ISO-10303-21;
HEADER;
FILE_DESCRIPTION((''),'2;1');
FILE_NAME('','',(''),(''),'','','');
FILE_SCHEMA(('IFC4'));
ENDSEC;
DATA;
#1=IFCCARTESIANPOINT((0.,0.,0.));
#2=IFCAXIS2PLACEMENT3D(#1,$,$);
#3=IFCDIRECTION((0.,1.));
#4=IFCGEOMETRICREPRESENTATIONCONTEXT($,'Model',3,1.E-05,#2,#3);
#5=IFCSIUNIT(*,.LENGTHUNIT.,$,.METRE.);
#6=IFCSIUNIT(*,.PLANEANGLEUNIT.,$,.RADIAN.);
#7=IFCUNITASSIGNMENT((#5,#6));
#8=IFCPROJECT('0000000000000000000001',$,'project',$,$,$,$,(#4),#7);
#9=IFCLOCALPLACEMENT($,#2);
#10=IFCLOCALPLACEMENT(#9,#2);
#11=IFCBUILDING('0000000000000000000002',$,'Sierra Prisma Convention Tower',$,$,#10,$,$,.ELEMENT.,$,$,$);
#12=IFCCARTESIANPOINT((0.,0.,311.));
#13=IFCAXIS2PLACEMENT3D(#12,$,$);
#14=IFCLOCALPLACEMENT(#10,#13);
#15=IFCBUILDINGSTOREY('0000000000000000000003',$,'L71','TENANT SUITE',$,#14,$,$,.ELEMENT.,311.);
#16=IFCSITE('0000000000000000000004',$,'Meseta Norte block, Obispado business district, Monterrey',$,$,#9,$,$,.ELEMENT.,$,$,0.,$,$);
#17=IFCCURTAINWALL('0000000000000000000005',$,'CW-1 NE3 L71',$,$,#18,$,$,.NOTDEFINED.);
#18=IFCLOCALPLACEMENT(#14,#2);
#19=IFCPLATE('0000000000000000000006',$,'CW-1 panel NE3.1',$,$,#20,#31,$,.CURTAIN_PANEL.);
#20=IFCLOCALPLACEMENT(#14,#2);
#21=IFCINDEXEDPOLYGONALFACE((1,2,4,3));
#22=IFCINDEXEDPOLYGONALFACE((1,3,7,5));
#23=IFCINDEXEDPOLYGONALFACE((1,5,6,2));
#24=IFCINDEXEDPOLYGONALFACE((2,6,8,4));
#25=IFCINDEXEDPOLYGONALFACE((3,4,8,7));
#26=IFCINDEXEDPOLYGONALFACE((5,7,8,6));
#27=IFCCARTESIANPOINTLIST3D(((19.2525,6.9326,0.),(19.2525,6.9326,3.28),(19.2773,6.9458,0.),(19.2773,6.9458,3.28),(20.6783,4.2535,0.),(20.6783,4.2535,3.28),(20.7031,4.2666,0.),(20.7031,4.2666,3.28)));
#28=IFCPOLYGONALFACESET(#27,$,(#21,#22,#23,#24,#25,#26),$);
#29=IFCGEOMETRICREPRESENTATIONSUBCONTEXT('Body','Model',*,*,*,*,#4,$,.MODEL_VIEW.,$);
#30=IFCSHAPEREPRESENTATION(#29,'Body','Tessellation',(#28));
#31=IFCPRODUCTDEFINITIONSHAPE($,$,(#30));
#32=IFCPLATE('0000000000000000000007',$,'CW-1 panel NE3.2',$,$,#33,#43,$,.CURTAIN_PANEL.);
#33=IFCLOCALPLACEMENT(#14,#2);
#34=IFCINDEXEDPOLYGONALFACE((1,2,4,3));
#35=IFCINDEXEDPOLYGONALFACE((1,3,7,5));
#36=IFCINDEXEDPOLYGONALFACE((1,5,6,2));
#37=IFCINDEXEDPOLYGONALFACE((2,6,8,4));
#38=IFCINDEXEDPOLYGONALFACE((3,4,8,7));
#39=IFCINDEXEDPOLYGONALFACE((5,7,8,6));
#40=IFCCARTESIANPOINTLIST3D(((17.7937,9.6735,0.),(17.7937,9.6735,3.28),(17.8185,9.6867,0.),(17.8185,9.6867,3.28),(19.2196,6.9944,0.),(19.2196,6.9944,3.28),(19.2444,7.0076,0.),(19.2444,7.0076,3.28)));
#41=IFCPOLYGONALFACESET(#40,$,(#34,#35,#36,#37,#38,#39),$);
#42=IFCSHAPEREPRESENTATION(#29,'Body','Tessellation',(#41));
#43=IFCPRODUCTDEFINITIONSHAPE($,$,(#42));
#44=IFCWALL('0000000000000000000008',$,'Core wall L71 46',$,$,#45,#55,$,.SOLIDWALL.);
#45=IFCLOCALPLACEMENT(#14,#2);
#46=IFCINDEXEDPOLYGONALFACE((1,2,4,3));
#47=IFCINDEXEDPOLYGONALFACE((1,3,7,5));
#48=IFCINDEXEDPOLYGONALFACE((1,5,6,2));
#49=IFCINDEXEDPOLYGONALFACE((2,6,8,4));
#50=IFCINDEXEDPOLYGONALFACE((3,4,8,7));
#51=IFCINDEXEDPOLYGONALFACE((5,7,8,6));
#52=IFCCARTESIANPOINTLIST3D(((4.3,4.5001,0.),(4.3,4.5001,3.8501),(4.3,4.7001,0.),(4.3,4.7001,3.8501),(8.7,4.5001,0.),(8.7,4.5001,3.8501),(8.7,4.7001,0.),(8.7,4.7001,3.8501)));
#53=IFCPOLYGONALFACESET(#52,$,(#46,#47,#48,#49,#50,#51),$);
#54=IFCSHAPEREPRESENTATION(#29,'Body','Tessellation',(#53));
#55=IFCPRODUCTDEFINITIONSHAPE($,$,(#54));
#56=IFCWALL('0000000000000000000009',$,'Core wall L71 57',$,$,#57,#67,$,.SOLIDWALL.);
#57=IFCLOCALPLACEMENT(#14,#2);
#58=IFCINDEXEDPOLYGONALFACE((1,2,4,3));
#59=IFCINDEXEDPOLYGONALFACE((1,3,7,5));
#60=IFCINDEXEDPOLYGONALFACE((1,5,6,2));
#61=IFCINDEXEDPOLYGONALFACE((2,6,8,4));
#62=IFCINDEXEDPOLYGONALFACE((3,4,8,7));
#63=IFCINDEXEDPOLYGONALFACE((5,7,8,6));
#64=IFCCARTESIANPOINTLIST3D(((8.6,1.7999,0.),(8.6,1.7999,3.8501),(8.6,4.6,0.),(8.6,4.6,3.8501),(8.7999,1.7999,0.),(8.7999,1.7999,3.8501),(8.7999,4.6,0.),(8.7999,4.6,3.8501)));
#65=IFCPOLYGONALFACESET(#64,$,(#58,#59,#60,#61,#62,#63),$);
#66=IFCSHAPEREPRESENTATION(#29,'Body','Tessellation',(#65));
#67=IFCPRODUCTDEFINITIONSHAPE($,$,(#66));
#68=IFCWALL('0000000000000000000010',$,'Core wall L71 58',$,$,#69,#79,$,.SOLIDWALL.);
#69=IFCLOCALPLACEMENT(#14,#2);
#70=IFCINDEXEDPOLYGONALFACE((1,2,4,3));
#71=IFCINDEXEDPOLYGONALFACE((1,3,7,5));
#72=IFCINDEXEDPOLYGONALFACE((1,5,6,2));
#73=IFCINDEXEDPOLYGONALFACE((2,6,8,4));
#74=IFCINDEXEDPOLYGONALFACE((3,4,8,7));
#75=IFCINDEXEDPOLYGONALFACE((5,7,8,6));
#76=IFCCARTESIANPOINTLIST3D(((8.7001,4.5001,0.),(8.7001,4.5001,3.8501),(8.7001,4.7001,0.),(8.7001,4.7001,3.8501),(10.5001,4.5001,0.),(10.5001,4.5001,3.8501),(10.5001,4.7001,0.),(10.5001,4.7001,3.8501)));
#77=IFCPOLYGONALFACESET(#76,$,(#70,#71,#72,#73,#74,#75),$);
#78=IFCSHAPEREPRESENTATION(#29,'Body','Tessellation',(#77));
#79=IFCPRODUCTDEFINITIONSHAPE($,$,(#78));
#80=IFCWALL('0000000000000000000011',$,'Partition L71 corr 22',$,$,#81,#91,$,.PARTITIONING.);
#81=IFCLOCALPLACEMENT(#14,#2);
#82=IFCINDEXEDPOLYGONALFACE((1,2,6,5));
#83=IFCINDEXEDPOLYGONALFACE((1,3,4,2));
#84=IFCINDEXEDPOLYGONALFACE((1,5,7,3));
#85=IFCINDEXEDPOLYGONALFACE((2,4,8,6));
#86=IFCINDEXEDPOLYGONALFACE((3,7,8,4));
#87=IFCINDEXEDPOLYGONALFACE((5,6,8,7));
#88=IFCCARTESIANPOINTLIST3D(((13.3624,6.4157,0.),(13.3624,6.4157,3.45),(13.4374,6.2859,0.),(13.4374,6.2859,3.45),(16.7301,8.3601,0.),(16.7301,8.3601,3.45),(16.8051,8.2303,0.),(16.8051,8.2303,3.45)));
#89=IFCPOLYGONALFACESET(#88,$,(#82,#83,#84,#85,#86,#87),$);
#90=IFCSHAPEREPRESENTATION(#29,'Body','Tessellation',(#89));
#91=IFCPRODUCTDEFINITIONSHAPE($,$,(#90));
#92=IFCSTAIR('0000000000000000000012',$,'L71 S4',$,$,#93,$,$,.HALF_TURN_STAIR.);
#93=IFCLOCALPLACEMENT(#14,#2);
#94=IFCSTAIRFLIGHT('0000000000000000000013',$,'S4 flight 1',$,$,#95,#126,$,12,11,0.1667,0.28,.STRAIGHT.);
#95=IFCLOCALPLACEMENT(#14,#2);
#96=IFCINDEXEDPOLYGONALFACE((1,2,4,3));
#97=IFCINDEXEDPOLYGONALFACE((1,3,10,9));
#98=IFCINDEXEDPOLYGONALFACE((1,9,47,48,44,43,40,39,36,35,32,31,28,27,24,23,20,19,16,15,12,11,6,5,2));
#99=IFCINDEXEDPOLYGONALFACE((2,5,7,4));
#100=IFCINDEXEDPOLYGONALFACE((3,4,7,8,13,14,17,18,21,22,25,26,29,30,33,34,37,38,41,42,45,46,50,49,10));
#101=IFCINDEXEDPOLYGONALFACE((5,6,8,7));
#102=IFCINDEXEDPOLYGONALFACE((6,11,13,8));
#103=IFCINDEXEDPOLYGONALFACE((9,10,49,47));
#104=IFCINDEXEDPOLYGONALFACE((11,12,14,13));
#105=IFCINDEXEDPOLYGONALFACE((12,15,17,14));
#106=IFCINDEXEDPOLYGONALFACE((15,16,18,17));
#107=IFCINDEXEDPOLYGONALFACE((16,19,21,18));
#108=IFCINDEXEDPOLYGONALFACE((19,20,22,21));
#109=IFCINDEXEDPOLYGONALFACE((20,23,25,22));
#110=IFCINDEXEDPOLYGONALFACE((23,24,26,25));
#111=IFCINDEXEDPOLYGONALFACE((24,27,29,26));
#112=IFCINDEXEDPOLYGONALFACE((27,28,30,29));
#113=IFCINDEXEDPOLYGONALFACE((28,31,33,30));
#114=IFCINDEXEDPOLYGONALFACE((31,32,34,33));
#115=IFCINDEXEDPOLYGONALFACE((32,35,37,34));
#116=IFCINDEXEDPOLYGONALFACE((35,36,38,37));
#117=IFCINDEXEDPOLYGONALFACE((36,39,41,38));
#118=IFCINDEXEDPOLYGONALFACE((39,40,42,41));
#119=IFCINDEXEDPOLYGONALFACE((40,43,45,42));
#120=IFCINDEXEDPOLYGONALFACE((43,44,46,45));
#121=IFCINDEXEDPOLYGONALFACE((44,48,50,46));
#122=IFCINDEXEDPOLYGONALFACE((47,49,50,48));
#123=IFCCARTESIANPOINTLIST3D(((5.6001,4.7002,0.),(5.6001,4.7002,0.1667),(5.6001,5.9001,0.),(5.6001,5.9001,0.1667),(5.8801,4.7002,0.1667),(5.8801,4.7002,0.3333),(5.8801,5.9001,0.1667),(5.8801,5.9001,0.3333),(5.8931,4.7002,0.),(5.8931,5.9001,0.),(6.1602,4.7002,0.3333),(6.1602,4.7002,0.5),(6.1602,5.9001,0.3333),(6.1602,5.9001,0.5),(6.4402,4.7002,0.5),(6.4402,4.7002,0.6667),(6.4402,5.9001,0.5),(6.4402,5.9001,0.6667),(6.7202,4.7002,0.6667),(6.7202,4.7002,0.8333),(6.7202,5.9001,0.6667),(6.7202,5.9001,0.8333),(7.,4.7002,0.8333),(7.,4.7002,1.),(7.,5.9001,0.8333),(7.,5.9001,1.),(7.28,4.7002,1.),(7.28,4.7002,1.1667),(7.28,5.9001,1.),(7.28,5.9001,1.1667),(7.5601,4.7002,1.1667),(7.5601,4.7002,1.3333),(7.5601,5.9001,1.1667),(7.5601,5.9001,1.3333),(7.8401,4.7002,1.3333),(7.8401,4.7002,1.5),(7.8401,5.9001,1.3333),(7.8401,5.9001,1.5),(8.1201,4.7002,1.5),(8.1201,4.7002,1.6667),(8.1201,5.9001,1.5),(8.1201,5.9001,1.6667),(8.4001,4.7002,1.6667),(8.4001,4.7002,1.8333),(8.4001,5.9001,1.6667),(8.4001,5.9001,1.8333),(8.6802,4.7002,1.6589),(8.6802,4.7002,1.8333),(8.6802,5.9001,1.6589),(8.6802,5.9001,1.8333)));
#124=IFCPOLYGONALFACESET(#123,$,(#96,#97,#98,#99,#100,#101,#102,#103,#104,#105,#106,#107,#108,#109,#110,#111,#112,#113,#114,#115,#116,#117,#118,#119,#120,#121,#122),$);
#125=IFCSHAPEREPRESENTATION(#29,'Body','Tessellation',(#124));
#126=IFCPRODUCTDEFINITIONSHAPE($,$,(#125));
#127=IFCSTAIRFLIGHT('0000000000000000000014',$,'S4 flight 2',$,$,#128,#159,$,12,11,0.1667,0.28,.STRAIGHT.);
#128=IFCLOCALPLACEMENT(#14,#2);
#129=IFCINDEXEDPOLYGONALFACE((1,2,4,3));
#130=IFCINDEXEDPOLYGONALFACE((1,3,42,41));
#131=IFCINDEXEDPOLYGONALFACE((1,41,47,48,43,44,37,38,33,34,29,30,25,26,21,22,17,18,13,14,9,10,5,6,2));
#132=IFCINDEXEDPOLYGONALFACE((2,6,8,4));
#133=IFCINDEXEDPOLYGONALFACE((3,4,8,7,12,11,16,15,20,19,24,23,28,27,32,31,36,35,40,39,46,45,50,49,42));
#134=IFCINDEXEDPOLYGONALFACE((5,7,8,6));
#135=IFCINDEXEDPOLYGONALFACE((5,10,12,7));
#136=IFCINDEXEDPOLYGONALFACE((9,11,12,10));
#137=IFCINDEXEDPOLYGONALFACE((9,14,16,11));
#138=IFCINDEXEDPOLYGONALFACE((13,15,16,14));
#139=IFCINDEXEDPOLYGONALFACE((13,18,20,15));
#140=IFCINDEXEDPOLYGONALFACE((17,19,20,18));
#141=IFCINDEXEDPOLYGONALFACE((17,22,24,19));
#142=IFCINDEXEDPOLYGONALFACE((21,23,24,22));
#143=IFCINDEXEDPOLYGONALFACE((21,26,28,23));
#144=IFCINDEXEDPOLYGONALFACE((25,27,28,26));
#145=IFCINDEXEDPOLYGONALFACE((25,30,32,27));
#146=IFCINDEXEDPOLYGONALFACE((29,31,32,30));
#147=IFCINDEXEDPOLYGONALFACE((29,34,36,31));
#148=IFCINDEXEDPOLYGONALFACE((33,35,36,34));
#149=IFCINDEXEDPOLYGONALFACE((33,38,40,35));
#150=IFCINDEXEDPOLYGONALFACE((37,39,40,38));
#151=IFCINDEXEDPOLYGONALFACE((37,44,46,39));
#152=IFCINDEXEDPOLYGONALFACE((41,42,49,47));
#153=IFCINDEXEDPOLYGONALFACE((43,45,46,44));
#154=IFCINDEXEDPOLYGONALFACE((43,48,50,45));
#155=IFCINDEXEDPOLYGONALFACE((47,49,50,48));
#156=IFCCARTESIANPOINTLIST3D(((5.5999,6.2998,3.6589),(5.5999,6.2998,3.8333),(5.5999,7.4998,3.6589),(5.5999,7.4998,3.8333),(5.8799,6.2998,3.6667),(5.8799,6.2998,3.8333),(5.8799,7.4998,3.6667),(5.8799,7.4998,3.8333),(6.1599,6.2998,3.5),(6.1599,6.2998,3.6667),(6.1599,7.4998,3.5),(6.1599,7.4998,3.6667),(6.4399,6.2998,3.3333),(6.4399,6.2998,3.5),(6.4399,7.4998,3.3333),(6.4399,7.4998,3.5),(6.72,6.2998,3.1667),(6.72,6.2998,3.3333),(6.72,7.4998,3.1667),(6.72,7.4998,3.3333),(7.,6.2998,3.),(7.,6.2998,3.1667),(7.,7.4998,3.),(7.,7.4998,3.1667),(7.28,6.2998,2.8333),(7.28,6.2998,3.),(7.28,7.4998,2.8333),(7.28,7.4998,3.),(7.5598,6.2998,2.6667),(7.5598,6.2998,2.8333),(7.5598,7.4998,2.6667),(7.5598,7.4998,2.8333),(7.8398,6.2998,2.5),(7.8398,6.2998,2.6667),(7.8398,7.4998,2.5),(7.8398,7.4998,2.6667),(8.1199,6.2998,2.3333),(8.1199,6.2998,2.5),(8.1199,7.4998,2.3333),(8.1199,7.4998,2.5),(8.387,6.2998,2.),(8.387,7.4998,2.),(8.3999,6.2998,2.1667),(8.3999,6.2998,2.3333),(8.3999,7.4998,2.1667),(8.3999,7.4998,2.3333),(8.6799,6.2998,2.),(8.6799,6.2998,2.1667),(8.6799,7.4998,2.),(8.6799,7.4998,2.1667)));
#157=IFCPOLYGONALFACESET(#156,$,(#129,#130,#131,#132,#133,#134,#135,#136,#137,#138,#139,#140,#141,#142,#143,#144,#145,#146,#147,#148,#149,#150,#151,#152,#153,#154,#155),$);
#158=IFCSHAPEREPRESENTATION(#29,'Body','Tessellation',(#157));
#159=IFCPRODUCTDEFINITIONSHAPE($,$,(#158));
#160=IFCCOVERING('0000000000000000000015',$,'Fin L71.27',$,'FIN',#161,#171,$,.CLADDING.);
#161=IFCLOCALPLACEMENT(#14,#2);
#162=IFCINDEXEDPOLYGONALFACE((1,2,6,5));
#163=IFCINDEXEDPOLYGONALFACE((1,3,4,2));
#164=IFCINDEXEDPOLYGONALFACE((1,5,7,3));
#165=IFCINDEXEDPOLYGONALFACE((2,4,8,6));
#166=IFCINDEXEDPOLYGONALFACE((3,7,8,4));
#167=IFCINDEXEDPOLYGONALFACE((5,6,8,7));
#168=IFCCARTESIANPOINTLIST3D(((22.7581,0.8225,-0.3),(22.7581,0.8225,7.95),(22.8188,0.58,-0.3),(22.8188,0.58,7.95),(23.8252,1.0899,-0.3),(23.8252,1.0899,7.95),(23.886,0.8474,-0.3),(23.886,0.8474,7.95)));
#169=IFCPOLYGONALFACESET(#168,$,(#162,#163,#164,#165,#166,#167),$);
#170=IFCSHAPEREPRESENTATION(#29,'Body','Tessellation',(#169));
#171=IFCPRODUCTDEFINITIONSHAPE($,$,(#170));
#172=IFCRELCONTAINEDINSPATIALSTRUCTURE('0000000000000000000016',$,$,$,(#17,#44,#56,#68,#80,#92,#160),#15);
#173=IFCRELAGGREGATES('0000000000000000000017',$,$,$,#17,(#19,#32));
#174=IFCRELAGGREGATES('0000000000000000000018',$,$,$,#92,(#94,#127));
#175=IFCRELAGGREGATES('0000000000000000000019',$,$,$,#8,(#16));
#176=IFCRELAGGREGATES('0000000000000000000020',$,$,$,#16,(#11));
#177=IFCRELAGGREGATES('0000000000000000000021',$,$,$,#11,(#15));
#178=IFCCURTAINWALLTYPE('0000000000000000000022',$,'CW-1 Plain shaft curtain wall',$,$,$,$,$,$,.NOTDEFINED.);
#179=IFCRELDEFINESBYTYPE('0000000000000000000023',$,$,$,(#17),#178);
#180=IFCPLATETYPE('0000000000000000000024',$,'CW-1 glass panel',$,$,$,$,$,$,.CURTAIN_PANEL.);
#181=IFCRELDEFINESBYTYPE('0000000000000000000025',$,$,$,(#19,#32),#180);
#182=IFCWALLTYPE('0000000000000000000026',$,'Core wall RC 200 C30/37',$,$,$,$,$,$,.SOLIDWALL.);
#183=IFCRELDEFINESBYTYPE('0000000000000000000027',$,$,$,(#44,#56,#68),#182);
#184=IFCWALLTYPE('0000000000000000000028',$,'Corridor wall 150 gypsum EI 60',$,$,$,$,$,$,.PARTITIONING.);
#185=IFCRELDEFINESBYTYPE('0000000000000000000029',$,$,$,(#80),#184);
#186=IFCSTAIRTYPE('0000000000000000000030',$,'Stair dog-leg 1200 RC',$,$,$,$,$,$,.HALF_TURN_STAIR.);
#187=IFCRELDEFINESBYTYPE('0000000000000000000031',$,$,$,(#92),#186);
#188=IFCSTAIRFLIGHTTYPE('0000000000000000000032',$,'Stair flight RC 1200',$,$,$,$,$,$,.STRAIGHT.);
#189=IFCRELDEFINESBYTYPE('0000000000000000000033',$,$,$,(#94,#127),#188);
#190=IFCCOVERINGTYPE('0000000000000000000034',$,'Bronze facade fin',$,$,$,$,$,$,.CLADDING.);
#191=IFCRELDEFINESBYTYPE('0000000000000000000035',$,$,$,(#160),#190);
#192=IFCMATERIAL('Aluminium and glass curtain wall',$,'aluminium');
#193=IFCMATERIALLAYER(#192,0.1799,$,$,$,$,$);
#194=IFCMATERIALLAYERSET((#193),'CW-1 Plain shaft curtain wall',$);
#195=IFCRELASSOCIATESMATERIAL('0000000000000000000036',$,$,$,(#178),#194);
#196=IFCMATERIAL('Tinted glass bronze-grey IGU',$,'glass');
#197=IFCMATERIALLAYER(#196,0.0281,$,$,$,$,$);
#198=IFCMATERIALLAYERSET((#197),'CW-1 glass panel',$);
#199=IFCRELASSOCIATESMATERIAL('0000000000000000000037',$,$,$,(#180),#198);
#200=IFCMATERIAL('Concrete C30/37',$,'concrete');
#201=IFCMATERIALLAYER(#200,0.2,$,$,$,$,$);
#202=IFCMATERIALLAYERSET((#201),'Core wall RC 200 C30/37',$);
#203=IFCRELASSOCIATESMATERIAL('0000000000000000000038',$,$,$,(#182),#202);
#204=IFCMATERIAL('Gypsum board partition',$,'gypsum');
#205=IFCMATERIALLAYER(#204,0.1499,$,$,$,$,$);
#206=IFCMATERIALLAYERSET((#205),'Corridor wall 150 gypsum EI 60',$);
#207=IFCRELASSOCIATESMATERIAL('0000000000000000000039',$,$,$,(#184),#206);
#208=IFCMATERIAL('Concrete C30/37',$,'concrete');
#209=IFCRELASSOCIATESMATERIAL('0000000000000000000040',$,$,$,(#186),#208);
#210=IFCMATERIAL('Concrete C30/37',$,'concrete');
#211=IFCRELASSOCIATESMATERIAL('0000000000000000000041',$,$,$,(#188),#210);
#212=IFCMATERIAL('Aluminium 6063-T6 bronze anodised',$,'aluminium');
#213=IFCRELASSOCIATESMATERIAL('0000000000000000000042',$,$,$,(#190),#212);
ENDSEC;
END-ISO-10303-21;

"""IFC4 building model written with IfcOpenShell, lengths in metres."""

from ifc_helpers import new_model, si_unit, direction, frame, frame_2d, origin, origin_2d, place, context, subcontext, project, spatial, polyline, rectangle, outline, extrude, material, layer, layer_set, material_profile, profile_set, type_object, element, aggregate, save


model = new_model("IFC4")

# Units and contexts
model_context = context("Model", 3, precision=1e-05, world=origin(), true_north=direction((0.0, 1.0)))
body_context = subcontext(model_context, "Body", "Model", "MODEL_VIEW")
ifc_project = project(units=[si_unit("LENGTHUNIT", "METRE"), si_unit("PLANEANGLEUNIT", "RADIAN")], contexts=[model_context])

# Site, building, storey
site_placement = place(None, origin())
site = spatial("IfcSite", under=ifc_project, at=site_placement, Name="Meseta Norte block, Obispado business district, Monterrey", CompositionType="ELEMENT", RefElevation=0.0)
building_placement = place(site_placement, origin())
building = spatial("IfcBuilding", under=site, at=building_placement, Name="Sierra Prisma Convention Tower", CompositionType="ELEMENT")
storey_placement = place(building_placement, frame((0.0, 0.0, 311.0)))
storey = spatial("IfcBuildingStorey", under=building, at=storey_placement, Name="L71", Description="TENANT SUITE", CompositionType="ELEMENT", Elevation=311.0)

# Shared definitions
ifc_material_1 = material(Name="Aluminium and glass curtain wall", Category="aluminium")
ifc_layer_1 = layer(ifc_material_1, 0.1799)
ifc_layer_set_1 = layer_set([ifc_layer_1], Name="CW-1 Plain shaft curtain wall")
curtain_wall_type = type_object("IfcCurtainWallType", Name="CW-1 Plain shaft curtain wall", PredefinedType="NOTDEFINED", material=ifc_layer_set_1)

# Curtain wall
curtain_wall_1_placement = place(storey_placement, origin())
curtain_wall_1 = element("IfcCurtainWall", 1, at=curtain_wall_1_placement, inside=storey, type_object=curtain_wall_type, Name="CW-1 NE3 L71", PredefinedType="NOTDEFINED")

# Plates
ifc_material_2 = material(Name="Tinted glass bronze-grey IGU", Category="glass")
ifc_layer_2 = layer(ifc_material_2, 0.0281)
ifc_layer_set_2 = layer_set([ifc_layer_2], Name="CW-1 glass panel")
plate_type = type_object("IfcPlateType", Name="CW-1 glass panel", PredefinedType="CURTAIN_PANEL", material=ifc_layer_set_2)
plate_1_placement = place(storey_placement, frame((19.9778, 5.5996, 0.0), z_axis=(0.0, 0.0, 1.0), x_axis=(-0.469815, 0.882765, 0.0)))
plate_1 = element("IfcPlate", 2, at=plate_1_placement, type_object=plate_type, Name="CW-1 panel NE3.1", PredefinedType="CURTAIN_PANEL", context=body_context, shape_type="SweptSolid", body=[
    extrude(rectangle(XDim=3.0349, YDim=0.0281, at=origin_2d()), origin(), (0.0, 0.0, 1.0), 3.28),
])
plate_2_placement = place(storey_placement, frame((18.519, 8.3406, 0.0), z_axis=(0.0, 0.0, 1.0), x_axis=(-0.469815, 0.882765, 0.0)))
plate_2 = element("IfcPlate", 3, at=plate_2_placement, type_object=plate_type, Name="CW-1 panel NE3.2", PredefinedType="CURTAIN_PANEL", context=body_context, shape_type="SweptSolid", body=[
    extrude(rectangle(XDim=3.0349, YDim=0.0281, at=origin_2d()), origin(), (0.0, 0.0, 1.0), 3.28),
])
aggregate(curtain_wall_1, [plate_1, plate_2])

# Wall
ifc_material_3 = material(Name="Concrete C30/37", Category="concrete")
ifc_layer_3 = layer(ifc_material_3, 0.2)
ifc_layer_set_3 = layer_set([ifc_layer_3], Name="Core wall RC 200 C30/37")
wall_type_1 = type_object("IfcWallType", Name="Core wall RC 200 C30/37", PredefinedType="SOLIDWALL", material=ifc_layer_set_3)
wall_1_placement = place(storey_placement, frame((8.7, 4.6001, 0.0), z_axis=(0.0, 0.0, 1.0), x_axis=(-1.0, 0.0, 0.0)))
element("IfcWall", 4, at=wall_1_placement, inside=storey, type_object=wall_type_1, Name="Core wall L71 46", PredefinedType="SOLIDWALL", context=body_context, shape_type="SweptSolid", body=[
    extrude(rectangle(XDim=4.3999, YDim=0.2, at=frame_2d((2.2, 0.0))), origin(), (0.0, 0.0, 1.0), 3.8501),
])

# Walls
wall_2_placement = place(storey_placement, frame((8.7, 1.8, 0.0), z_axis=(0.0, 0.0, 1.0), x_axis=(0.0, 1.0, 0.0)))
element("IfcWall", 5, at=wall_2_placement, inside=storey, type_object=wall_type_1, Name="Core wall L71 57", PredefinedType="SOLIDWALL", context=body_context, shape_type="SweptSolid", body=[
    extrude(rectangle(XDim=2.8, YDim=0.2, at=frame_2d((1.3999, 0.0))), origin(), (0.0, 0.0, 1.0), 3.8501),
])
wall_3_placement = place(storey_placement, frame((10.5, 4.6001, 0.0), z_axis=(0.0, 0.0, 1.0), x_axis=(-1.0, 0.0, 0.0)))
element("IfcWall", 6, at=wall_3_placement, inside=storey, type_object=wall_type_1, Name="Core wall L71 58", PredefinedType="SOLIDWALL", context=body_context, shape_type="SweptSolid", body=[
    extrude(rectangle(XDim=1.8, YDim=0.2, at=frame_2d((0.8999, 0.0))), origin(), (0.0, 0.0, 1.0), 3.8501),
])
ifc_material_4 = material(Name="Gypsum board partition", Category="gypsum")
ifc_layer_4 = layer(ifc_material_4, 0.1499)
ifc_layer_set_4 = layer_set([ifc_layer_4], Name="Corridor wall 150 gypsum EI 60")
wall_type_2 = type_object("IfcWallType", Name="Corridor wall 150 gypsum EI 60", PredefinedType="PARTITIONING", material=ifc_layer_set_4)
wall_4_placement = place(storey_placement, frame((13.3999, 6.3508, 0.0), z_axis=(0.0, 0.0, 1.0), x_axis=(0.866025, 0.500001, 0.0)))
element("IfcWall", 7, at=wall_4_placement, inside=storey, type_object=wall_type_2, Name="Partition L71 corr 22", PredefinedType="PARTITIONING", context=body_context, shape_type="SweptSolid", body=[
    extrude(rectangle(XDim=3.8887, YDim=0.1499, at=frame_2d((1.9443, 0.0))), origin(), (0.0, 0.0, 1.0), 3.45),
])

# Stair, stair flights
ifc_material_5 = material(Name="Concrete C30/37", Category="concrete")
stair_type = type_object("IfcStairType", Name="Stair dog-leg 1200 RC", PredefinedType="HALF_TURN_STAIR", material=ifc_material_5)
stair_placement = place(storey_placement, origin())
stair = element("IfcStair", 8, at=stair_placement, inside=storey, type_object=stair_type, Name="L71 S4", PredefinedType="HALF_TURN_STAIR")
ifc_material_6 = material(Name="Concrete C30/37", Category="concrete")
stair_flight_type = type_object("IfcStairFlightType", Name="Stair flight RC 1200", PredefinedType="STRAIGHT", material=ifc_material_6)
stair_flight_1_placement = place(storey_placement, frame((5.6001, 5.3, 0.0), z_axis=(0.0, 0.0, 1.0), x_axis=(1.0, 0.0, 0.0)))
stair_flight_1 = element("IfcStairFlight", 9, at=stair_flight_1_placement, type_object=stair_flight_type, Name="S4 flight 1", NumberOfRisers=12, NumberOfTreads=11, PredefinedType="STRAIGHT", RiserHeight=0.1667, TreadLength=0.28, context=body_context, shape_type="SweptSolid", body=[
    extrude(outline(polyline([(0.0, 0.0), (0.0, 0.1667), (0.28, 0.1667), (0.28, 0.3333), (0.5601, 0.3333), (0.5601, 0.5), (0.8401, 0.5), (0.8401, 0.6667), (1.1201, 0.6667), (1.1201, 0.8333), (1.3999, 0.8333), (1.3999, 1.0), (1.6799, 1.0), (1.6799, 1.1667), (1.96, 1.1667), (1.96, 1.3333), (2.24, 1.3333), (2.24, 1.5), (2.52, 1.5), (2.52, 1.6667), (2.8, 1.6667), (2.8, 1.8333), (3.0801, 1.8333), (3.0801, 2.0), (3.0801, 1.6589), (0.293, 0.0), (0.0, 0.0)])), frame((0.0, 0.6001, 0.0), z_axis=(0.0, -1.0, 0.0), x_axis=(1.0, 0.0, 0.0)), (0.0, 0.0, 1.0), 1.2),
])
stair_flight_2_placement = place(storey_placement, frame((8.6799, 6.8999, 2.0), z_axis=(0.0, 0.0, 1.0), x_axis=(-1.0, 0.0, 0.0)))
stair_flight_2 = element("IfcStairFlight", 10, at=stair_flight_2_placement, type_object=stair_flight_type, Name="S4 flight 2", NumberOfRisers=12, NumberOfTreads=11, PredefinedType="STRAIGHT", RiserHeight=0.1667, TreadLength=0.28, context=body_context, shape_type="SweptSolid", body=[
    extrude(outline(polyline([(0.0, 0.0), (0.0, 0.1667), (0.28, 0.1667), (0.28, 0.3333), (0.5601, 0.3333), (0.5601, 0.5), (0.8401, 0.5), (0.8401, 0.6667), (1.1201, 0.6667), (1.1201, 0.8333), (1.3999, 0.8333), (1.3999, 1.0), (1.6799, 1.0), (1.6799, 1.1667), (1.96, 1.1667), (1.96, 1.3333), (2.24, 1.3333), (2.24, 1.5), (2.52, 1.5), (2.52, 1.6667), (2.8, 1.6667), (2.8, 1.8333), (3.0801, 1.8333), (3.0801, 2.0), (3.0801, 1.6589), (0.293, 0.0), (0.0, 0.0)])), frame((0.0, 0.6001, 0.0), z_axis=(0.0, -1.0, 0.0), x_axis=(1.0, 0.0, 0.0)), (0.0, 0.0, 1.0), 1.2),
])
aggregate(stair, [stair_flight_1, stair_flight_2])

# Covering
ifc_material_7 = material(Name="Aluminium 6063-T6 bronze anodised", Category="aluminium")
ifc_material_profile_1 = material_profile(ifc_material_7, rectangle(XDim=1.1001, YDim=0.25, at=origin_2d()), Name="ALU FIN 1100x250")
ifc_profile_set_1 = profile_set([ifc_material_profile_1], Name="Aluminium 6063-T6 bronze anodised")
covering_type = type_object("IfcCoveringType", Name="Bronze facade fin", PredefinedType="CLADDING", material=ifc_profile_set_1)
covering_placement = place(storey_placement, frame((23.322, 0.835, -0.3), z_axis=(0.0, 0.0, 1.0), x_axis=(0.970013, 0.243054, 0.0)))
element("IfcCovering", 11, at=covering_placement, inside=storey, type_object=covering_type, Name="Fin L71.27", ObjectType="FIN", PredefinedType="CLADDING", context=body_context, shape_type="SweptSolid", body=[
    extrude(rectangle(XDim=1.1001, YDim=0.25, at=origin_2d()), origin(), (0.0, 0.0, 1.0), 8.25),
])

save(model, "model.ifc")
